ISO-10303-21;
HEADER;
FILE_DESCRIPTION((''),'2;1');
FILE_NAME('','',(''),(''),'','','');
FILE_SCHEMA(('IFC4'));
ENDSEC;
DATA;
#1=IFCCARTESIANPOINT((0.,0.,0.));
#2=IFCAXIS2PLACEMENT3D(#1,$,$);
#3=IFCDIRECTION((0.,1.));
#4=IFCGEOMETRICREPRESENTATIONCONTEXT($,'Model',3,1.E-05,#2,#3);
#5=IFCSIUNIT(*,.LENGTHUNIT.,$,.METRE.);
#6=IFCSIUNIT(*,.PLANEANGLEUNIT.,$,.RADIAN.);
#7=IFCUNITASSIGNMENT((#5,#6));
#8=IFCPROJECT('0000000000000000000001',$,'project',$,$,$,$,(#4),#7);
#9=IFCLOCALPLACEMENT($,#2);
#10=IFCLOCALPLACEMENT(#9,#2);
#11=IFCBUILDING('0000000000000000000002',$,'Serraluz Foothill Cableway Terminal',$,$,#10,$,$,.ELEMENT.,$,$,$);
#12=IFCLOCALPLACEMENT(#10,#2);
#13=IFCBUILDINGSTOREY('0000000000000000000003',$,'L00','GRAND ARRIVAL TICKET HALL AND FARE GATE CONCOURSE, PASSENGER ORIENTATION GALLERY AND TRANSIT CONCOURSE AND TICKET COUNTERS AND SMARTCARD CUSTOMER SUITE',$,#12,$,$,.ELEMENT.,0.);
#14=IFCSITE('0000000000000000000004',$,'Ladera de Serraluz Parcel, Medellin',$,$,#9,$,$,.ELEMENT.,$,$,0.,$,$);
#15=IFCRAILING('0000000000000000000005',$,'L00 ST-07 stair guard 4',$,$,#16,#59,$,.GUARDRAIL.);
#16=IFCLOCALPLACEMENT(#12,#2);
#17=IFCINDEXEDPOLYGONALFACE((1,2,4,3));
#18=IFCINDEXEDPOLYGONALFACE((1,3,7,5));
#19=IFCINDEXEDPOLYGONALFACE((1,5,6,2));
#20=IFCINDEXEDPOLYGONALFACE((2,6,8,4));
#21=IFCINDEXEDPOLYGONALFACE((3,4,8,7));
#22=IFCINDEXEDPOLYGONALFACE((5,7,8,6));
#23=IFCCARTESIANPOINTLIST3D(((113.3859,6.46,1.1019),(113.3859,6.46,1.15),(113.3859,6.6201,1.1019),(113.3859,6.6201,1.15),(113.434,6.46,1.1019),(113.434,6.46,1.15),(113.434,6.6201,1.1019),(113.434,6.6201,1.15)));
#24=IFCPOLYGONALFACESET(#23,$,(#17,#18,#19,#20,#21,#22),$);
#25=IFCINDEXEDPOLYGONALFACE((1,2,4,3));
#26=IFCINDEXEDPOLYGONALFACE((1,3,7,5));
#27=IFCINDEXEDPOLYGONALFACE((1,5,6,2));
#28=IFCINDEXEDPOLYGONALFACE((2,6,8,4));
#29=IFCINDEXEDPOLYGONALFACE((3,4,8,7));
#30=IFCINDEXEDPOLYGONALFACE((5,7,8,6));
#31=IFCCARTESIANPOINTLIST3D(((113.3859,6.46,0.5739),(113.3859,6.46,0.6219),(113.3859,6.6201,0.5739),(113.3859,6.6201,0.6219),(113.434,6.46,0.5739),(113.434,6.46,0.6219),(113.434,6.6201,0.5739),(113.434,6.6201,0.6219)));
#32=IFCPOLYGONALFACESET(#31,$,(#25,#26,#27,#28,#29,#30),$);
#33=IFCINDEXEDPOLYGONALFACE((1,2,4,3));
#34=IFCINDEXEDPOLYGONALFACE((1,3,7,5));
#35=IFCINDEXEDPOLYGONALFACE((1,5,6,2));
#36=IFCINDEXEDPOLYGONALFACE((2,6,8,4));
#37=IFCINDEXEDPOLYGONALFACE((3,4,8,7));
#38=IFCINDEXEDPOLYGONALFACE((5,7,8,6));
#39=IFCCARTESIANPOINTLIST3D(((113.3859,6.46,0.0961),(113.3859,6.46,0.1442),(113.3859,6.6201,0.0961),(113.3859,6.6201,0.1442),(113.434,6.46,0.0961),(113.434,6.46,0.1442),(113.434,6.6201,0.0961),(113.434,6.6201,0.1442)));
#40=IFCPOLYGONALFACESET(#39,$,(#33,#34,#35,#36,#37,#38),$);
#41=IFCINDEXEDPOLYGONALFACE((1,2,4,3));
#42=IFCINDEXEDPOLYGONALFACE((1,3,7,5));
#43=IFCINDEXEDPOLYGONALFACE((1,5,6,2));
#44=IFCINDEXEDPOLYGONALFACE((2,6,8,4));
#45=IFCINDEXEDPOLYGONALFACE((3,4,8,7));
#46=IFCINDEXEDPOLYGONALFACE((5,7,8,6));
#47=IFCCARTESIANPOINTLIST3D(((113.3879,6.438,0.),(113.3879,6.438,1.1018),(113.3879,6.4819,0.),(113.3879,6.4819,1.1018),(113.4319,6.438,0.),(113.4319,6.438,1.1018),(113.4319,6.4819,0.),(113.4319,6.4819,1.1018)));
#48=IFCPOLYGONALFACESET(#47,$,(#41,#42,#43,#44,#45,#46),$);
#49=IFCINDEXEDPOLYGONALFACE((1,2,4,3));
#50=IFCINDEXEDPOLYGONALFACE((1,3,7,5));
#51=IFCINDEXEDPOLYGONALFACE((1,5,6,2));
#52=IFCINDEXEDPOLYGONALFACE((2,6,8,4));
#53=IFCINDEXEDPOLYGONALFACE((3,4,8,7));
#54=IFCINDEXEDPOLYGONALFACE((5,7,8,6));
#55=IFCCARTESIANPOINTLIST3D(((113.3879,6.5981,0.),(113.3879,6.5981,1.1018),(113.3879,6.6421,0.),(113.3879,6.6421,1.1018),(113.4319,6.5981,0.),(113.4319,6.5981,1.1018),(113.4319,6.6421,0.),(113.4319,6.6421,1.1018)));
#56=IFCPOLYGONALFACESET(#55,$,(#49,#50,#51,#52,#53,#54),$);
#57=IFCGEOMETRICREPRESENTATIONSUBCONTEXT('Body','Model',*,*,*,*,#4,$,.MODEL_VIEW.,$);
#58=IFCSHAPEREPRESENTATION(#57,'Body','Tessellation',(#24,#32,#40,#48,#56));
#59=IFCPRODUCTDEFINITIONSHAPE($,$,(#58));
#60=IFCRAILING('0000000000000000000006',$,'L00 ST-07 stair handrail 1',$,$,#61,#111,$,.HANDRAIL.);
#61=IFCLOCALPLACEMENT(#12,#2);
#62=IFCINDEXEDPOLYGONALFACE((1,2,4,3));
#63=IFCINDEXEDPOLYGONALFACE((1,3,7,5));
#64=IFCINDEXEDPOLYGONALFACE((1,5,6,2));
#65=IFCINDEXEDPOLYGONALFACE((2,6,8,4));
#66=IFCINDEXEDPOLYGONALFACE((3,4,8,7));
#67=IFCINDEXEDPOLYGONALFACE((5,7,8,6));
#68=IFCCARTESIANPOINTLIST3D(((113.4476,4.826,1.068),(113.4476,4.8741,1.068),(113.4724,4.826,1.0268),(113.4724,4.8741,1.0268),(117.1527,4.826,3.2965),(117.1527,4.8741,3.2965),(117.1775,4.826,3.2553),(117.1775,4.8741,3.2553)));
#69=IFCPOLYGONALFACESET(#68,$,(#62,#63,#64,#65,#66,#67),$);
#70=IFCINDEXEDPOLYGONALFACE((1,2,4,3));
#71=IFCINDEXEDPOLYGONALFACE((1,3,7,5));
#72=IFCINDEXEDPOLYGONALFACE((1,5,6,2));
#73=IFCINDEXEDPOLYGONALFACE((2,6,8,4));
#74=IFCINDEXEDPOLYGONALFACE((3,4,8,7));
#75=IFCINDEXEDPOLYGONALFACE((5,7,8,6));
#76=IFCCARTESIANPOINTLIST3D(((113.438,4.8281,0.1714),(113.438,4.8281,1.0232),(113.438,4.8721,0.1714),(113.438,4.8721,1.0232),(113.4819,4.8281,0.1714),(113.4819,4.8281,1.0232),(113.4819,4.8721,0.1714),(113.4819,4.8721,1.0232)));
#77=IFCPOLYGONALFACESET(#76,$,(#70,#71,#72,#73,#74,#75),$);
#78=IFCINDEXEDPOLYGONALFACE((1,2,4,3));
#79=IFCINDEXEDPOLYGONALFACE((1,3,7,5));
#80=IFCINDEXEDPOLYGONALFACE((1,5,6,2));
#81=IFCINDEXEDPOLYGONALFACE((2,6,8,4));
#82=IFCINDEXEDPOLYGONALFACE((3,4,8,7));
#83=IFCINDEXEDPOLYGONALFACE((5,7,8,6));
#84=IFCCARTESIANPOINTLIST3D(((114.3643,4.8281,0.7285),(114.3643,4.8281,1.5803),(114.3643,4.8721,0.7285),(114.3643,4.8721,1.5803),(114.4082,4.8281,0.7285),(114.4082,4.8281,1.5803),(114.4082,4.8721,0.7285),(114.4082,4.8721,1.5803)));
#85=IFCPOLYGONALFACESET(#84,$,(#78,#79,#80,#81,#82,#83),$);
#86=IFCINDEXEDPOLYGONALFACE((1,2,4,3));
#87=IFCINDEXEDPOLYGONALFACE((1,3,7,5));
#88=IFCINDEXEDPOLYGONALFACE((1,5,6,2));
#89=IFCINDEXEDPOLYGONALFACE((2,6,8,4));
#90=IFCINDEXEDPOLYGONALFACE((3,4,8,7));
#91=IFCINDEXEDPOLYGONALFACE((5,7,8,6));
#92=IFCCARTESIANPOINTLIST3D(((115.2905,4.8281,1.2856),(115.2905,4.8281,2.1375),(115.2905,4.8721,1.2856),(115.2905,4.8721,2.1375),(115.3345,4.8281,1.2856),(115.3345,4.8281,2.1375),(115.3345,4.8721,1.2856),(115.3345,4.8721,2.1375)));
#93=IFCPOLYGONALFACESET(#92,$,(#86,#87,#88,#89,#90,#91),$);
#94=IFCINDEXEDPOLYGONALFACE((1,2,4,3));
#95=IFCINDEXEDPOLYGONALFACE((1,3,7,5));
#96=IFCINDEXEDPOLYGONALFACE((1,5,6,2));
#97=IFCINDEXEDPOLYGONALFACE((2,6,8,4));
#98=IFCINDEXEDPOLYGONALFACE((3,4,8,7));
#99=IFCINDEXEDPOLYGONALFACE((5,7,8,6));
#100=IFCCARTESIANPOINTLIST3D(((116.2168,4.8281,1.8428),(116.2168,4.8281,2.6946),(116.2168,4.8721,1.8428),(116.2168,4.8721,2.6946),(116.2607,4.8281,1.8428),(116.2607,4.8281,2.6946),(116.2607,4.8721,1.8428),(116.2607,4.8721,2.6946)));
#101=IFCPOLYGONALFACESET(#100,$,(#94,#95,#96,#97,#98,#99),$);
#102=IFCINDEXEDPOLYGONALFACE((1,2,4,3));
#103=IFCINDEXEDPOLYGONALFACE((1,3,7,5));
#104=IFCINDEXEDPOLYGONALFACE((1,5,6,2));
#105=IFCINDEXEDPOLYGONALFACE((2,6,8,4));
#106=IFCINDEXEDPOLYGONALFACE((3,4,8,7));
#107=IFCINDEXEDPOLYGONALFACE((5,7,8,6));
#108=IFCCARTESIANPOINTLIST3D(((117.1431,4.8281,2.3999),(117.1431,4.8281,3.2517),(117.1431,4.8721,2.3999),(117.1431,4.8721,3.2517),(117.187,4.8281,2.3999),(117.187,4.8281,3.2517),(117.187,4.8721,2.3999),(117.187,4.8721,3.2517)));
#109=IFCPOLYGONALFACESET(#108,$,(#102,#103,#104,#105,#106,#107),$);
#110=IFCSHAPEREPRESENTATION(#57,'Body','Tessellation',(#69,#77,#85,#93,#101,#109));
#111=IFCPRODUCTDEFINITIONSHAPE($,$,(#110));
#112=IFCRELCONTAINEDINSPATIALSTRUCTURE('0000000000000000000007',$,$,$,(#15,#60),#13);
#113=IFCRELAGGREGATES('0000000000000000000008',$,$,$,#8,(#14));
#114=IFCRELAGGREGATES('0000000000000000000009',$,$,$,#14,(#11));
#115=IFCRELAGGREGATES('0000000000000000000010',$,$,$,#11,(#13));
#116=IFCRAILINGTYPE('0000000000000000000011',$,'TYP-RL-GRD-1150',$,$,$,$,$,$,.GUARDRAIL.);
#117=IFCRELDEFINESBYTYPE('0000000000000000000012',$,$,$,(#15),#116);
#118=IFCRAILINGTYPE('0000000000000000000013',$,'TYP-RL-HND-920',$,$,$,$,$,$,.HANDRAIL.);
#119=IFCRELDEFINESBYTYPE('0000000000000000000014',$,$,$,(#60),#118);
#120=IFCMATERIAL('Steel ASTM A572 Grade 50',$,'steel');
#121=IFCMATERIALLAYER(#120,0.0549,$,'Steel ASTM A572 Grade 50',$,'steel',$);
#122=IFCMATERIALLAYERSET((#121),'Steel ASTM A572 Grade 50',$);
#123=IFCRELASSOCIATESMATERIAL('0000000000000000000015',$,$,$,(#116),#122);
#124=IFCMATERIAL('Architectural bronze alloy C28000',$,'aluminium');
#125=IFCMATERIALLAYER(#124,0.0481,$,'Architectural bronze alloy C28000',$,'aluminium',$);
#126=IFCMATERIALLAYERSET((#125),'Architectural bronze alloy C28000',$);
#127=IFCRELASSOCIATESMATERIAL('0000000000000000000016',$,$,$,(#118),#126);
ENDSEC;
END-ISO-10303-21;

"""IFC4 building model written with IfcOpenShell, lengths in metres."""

from ifc_helpers import new_model, si_unit, direction, frame, origin, origin_2d, place, context, subcontext, project, spatial, rectangle, extrude, material, layer, layer_set, type_object, element, save


model = new_model("IFC4")

# Units and contexts
model_context = context("Model", 3, precision=1e-05, world=origin(), true_north=direction((0.0, 1.0)))
body_context = subcontext(model_context, "Body", "Model", "MODEL_VIEW")
ifc_project = project(units=[si_unit("LENGTHUNIT", "METRE"), si_unit("PLANEANGLEUNIT", "RADIAN")], contexts=[model_context])

# Site, building, storey
site_placement = place(None, origin())
site = spatial("IfcSite", under=ifc_project, at=site_placement, Name="Ladera de Serraluz Parcel, Medellin", CompositionType="ELEMENT", RefElevation=0.0)
building_placement = place(site_placement, origin())
building = spatial("IfcBuilding", under=site, at=building_placement, Name="Serraluz Foothill Cableway Terminal", CompositionType="ELEMENT")
storey_placement = place(building_placement, origin())
storey = spatial("IfcBuildingStorey", under=building, at=storey_placement, Name="L00", Description="GRAND ARRIVAL TICKET HALL AND FARE GATE CONCOURSE, PASSENGER ORIENTATION GALLERY AND TRANSIT CONCOURSE AND TICKET COUNTERS AND SMARTCARD CUSTOMER SUITE", CompositionType="ELEMENT", Elevation=0.0)

# Shared definitions
ifc_material_1 = material(Name="Architectural bronze alloy C28000", Category="aluminium")

# Railings
ifc_material_2 = material(Name="Steel ASTM A572 Grade 50", Category="steel")
ifc_layer_1 = layer(ifc_material_2, 0.0549, Name="Steel ASTM A572 Grade 50", Category="steel")
ifc_layer_set_1 = layer_set([ifc_layer_1], Name="Steel ASTM A572 Grade 50")
railing_type_1 = type_object("IfcRailingType", Name="TYP-RL-GRD-1150", PredefinedType="GUARDRAIL", material=ifc_layer_set_1)
railing_1_placement = place(storey_placement, frame((113.4099, 6.46, 0.0)))
element("IfcRailing", 1, at=railing_1_placement, inside=storey, type_object=railing_type_1, Name="L00 ST-07 stair guard 4", PredefinedType="GUARDRAIL", context=body_context, shape_type="SweptSolid", body=[
    extrude(rectangle(XDim=0.0481, YDim=0.0481, at=origin_2d()), frame((0.0, 0.0, 1.126), z_axis=(0.0, 1.0, 0.0), x_axis=(-1.0, 0.0, 0.0)), (0.0, 0.0, 1.0), 0.1602),
    extrude(rectangle(XDim=0.0481, YDim=0.0481, at=origin_2d()), frame((0.0, 0.0, 0.5979), z_axis=(0.0, 1.0, 0.0), x_axis=(-1.0, 0.0, 0.0)), (0.0, 0.0, 1.0), 0.1602),
    extrude(rectangle(XDim=0.0481, YDim=0.0481, at=origin_2d()), frame((0.0, 0.0, 0.1201), z_axis=(0.0, 1.0, 0.0), x_axis=(-1.0, 0.0, 0.0)), (0.0, 0.0, 1.0), 0.1602),
    extrude(rectangle(XDim=0.0439, YDim=0.0439, at=origin_2d()), origin(), (0.0, 0.0, 1.0), 1.1018),
    extrude(rectangle(XDim=0.0439, YDim=0.0439, at=origin_2d()), frame((0.0, 0.1602, 0.0)), (0.0, 0.0, 1.0), 1.1018),
])
ifc_layer_2 = layer(ifc_material_1, 0.0481, Name="Architectural bronze alloy C28000", Category="aluminium")
ifc_layer_set_2 = layer_set([ifc_layer_2], Name="Architectural bronze alloy C28000")
railing_type_2 = type_object("IfcRailingType", Name="TYP-RL-HND-920", PredefinedType="HANDRAIL", material=ifc_layer_set_2)
railing_2_placement = place(storey_placement, frame((113.46, 4.8501, 0.1714)))
element("IfcRailing", 2, at=railing_2_placement, inside=storey, type_object=railing_type_2, Name="L00 ST-07 stair handrail 1", PredefinedType="HANDRAIL", context=body_context, shape_type="SweptSolid", body=[
    extrude(rectangle(XDim=0.0481, YDim=0.0481, at=origin_2d()), frame((0.0, 0.0, 0.876), z_axis=(0.856934, 0.0, 0.515425), x_axis=(0.0, 1.0, 0.0)), (0.0, 0.0, 1.0), 4.3237),
    extrude(rectangle(XDim=0.0439, YDim=0.0439, at=origin_2d()), origin(), (0.0, 0.0, 1.0), 0.8518),
    extrude(rectangle(XDim=0.0439, YDim=0.0439, at=origin_2d()), frame((0.9263, 0.0, 0.5571)), (0.0, 0.0, 1.0), 0.8518),
    extrude(rectangle(XDim=0.0439, YDim=0.0439, at=origin_2d()), frame((1.8525, 0.0, 1.1143)), (0.0, 0.0, 1.0), 0.8518),
    extrude(rectangle(XDim=0.0439, YDim=0.0439, at=origin_2d()), frame((2.7788, 0.0, 1.6714)), (0.0, 0.0, 1.0), 0.8518),
    extrude(rectangle(XDim=0.0439, YDim=0.0439, at=origin_2d()), frame((3.7051, 0.0, 2.2285)), (0.0, 0.0, 1.0), 0.8518),
])

save(model, "model.ifc")
